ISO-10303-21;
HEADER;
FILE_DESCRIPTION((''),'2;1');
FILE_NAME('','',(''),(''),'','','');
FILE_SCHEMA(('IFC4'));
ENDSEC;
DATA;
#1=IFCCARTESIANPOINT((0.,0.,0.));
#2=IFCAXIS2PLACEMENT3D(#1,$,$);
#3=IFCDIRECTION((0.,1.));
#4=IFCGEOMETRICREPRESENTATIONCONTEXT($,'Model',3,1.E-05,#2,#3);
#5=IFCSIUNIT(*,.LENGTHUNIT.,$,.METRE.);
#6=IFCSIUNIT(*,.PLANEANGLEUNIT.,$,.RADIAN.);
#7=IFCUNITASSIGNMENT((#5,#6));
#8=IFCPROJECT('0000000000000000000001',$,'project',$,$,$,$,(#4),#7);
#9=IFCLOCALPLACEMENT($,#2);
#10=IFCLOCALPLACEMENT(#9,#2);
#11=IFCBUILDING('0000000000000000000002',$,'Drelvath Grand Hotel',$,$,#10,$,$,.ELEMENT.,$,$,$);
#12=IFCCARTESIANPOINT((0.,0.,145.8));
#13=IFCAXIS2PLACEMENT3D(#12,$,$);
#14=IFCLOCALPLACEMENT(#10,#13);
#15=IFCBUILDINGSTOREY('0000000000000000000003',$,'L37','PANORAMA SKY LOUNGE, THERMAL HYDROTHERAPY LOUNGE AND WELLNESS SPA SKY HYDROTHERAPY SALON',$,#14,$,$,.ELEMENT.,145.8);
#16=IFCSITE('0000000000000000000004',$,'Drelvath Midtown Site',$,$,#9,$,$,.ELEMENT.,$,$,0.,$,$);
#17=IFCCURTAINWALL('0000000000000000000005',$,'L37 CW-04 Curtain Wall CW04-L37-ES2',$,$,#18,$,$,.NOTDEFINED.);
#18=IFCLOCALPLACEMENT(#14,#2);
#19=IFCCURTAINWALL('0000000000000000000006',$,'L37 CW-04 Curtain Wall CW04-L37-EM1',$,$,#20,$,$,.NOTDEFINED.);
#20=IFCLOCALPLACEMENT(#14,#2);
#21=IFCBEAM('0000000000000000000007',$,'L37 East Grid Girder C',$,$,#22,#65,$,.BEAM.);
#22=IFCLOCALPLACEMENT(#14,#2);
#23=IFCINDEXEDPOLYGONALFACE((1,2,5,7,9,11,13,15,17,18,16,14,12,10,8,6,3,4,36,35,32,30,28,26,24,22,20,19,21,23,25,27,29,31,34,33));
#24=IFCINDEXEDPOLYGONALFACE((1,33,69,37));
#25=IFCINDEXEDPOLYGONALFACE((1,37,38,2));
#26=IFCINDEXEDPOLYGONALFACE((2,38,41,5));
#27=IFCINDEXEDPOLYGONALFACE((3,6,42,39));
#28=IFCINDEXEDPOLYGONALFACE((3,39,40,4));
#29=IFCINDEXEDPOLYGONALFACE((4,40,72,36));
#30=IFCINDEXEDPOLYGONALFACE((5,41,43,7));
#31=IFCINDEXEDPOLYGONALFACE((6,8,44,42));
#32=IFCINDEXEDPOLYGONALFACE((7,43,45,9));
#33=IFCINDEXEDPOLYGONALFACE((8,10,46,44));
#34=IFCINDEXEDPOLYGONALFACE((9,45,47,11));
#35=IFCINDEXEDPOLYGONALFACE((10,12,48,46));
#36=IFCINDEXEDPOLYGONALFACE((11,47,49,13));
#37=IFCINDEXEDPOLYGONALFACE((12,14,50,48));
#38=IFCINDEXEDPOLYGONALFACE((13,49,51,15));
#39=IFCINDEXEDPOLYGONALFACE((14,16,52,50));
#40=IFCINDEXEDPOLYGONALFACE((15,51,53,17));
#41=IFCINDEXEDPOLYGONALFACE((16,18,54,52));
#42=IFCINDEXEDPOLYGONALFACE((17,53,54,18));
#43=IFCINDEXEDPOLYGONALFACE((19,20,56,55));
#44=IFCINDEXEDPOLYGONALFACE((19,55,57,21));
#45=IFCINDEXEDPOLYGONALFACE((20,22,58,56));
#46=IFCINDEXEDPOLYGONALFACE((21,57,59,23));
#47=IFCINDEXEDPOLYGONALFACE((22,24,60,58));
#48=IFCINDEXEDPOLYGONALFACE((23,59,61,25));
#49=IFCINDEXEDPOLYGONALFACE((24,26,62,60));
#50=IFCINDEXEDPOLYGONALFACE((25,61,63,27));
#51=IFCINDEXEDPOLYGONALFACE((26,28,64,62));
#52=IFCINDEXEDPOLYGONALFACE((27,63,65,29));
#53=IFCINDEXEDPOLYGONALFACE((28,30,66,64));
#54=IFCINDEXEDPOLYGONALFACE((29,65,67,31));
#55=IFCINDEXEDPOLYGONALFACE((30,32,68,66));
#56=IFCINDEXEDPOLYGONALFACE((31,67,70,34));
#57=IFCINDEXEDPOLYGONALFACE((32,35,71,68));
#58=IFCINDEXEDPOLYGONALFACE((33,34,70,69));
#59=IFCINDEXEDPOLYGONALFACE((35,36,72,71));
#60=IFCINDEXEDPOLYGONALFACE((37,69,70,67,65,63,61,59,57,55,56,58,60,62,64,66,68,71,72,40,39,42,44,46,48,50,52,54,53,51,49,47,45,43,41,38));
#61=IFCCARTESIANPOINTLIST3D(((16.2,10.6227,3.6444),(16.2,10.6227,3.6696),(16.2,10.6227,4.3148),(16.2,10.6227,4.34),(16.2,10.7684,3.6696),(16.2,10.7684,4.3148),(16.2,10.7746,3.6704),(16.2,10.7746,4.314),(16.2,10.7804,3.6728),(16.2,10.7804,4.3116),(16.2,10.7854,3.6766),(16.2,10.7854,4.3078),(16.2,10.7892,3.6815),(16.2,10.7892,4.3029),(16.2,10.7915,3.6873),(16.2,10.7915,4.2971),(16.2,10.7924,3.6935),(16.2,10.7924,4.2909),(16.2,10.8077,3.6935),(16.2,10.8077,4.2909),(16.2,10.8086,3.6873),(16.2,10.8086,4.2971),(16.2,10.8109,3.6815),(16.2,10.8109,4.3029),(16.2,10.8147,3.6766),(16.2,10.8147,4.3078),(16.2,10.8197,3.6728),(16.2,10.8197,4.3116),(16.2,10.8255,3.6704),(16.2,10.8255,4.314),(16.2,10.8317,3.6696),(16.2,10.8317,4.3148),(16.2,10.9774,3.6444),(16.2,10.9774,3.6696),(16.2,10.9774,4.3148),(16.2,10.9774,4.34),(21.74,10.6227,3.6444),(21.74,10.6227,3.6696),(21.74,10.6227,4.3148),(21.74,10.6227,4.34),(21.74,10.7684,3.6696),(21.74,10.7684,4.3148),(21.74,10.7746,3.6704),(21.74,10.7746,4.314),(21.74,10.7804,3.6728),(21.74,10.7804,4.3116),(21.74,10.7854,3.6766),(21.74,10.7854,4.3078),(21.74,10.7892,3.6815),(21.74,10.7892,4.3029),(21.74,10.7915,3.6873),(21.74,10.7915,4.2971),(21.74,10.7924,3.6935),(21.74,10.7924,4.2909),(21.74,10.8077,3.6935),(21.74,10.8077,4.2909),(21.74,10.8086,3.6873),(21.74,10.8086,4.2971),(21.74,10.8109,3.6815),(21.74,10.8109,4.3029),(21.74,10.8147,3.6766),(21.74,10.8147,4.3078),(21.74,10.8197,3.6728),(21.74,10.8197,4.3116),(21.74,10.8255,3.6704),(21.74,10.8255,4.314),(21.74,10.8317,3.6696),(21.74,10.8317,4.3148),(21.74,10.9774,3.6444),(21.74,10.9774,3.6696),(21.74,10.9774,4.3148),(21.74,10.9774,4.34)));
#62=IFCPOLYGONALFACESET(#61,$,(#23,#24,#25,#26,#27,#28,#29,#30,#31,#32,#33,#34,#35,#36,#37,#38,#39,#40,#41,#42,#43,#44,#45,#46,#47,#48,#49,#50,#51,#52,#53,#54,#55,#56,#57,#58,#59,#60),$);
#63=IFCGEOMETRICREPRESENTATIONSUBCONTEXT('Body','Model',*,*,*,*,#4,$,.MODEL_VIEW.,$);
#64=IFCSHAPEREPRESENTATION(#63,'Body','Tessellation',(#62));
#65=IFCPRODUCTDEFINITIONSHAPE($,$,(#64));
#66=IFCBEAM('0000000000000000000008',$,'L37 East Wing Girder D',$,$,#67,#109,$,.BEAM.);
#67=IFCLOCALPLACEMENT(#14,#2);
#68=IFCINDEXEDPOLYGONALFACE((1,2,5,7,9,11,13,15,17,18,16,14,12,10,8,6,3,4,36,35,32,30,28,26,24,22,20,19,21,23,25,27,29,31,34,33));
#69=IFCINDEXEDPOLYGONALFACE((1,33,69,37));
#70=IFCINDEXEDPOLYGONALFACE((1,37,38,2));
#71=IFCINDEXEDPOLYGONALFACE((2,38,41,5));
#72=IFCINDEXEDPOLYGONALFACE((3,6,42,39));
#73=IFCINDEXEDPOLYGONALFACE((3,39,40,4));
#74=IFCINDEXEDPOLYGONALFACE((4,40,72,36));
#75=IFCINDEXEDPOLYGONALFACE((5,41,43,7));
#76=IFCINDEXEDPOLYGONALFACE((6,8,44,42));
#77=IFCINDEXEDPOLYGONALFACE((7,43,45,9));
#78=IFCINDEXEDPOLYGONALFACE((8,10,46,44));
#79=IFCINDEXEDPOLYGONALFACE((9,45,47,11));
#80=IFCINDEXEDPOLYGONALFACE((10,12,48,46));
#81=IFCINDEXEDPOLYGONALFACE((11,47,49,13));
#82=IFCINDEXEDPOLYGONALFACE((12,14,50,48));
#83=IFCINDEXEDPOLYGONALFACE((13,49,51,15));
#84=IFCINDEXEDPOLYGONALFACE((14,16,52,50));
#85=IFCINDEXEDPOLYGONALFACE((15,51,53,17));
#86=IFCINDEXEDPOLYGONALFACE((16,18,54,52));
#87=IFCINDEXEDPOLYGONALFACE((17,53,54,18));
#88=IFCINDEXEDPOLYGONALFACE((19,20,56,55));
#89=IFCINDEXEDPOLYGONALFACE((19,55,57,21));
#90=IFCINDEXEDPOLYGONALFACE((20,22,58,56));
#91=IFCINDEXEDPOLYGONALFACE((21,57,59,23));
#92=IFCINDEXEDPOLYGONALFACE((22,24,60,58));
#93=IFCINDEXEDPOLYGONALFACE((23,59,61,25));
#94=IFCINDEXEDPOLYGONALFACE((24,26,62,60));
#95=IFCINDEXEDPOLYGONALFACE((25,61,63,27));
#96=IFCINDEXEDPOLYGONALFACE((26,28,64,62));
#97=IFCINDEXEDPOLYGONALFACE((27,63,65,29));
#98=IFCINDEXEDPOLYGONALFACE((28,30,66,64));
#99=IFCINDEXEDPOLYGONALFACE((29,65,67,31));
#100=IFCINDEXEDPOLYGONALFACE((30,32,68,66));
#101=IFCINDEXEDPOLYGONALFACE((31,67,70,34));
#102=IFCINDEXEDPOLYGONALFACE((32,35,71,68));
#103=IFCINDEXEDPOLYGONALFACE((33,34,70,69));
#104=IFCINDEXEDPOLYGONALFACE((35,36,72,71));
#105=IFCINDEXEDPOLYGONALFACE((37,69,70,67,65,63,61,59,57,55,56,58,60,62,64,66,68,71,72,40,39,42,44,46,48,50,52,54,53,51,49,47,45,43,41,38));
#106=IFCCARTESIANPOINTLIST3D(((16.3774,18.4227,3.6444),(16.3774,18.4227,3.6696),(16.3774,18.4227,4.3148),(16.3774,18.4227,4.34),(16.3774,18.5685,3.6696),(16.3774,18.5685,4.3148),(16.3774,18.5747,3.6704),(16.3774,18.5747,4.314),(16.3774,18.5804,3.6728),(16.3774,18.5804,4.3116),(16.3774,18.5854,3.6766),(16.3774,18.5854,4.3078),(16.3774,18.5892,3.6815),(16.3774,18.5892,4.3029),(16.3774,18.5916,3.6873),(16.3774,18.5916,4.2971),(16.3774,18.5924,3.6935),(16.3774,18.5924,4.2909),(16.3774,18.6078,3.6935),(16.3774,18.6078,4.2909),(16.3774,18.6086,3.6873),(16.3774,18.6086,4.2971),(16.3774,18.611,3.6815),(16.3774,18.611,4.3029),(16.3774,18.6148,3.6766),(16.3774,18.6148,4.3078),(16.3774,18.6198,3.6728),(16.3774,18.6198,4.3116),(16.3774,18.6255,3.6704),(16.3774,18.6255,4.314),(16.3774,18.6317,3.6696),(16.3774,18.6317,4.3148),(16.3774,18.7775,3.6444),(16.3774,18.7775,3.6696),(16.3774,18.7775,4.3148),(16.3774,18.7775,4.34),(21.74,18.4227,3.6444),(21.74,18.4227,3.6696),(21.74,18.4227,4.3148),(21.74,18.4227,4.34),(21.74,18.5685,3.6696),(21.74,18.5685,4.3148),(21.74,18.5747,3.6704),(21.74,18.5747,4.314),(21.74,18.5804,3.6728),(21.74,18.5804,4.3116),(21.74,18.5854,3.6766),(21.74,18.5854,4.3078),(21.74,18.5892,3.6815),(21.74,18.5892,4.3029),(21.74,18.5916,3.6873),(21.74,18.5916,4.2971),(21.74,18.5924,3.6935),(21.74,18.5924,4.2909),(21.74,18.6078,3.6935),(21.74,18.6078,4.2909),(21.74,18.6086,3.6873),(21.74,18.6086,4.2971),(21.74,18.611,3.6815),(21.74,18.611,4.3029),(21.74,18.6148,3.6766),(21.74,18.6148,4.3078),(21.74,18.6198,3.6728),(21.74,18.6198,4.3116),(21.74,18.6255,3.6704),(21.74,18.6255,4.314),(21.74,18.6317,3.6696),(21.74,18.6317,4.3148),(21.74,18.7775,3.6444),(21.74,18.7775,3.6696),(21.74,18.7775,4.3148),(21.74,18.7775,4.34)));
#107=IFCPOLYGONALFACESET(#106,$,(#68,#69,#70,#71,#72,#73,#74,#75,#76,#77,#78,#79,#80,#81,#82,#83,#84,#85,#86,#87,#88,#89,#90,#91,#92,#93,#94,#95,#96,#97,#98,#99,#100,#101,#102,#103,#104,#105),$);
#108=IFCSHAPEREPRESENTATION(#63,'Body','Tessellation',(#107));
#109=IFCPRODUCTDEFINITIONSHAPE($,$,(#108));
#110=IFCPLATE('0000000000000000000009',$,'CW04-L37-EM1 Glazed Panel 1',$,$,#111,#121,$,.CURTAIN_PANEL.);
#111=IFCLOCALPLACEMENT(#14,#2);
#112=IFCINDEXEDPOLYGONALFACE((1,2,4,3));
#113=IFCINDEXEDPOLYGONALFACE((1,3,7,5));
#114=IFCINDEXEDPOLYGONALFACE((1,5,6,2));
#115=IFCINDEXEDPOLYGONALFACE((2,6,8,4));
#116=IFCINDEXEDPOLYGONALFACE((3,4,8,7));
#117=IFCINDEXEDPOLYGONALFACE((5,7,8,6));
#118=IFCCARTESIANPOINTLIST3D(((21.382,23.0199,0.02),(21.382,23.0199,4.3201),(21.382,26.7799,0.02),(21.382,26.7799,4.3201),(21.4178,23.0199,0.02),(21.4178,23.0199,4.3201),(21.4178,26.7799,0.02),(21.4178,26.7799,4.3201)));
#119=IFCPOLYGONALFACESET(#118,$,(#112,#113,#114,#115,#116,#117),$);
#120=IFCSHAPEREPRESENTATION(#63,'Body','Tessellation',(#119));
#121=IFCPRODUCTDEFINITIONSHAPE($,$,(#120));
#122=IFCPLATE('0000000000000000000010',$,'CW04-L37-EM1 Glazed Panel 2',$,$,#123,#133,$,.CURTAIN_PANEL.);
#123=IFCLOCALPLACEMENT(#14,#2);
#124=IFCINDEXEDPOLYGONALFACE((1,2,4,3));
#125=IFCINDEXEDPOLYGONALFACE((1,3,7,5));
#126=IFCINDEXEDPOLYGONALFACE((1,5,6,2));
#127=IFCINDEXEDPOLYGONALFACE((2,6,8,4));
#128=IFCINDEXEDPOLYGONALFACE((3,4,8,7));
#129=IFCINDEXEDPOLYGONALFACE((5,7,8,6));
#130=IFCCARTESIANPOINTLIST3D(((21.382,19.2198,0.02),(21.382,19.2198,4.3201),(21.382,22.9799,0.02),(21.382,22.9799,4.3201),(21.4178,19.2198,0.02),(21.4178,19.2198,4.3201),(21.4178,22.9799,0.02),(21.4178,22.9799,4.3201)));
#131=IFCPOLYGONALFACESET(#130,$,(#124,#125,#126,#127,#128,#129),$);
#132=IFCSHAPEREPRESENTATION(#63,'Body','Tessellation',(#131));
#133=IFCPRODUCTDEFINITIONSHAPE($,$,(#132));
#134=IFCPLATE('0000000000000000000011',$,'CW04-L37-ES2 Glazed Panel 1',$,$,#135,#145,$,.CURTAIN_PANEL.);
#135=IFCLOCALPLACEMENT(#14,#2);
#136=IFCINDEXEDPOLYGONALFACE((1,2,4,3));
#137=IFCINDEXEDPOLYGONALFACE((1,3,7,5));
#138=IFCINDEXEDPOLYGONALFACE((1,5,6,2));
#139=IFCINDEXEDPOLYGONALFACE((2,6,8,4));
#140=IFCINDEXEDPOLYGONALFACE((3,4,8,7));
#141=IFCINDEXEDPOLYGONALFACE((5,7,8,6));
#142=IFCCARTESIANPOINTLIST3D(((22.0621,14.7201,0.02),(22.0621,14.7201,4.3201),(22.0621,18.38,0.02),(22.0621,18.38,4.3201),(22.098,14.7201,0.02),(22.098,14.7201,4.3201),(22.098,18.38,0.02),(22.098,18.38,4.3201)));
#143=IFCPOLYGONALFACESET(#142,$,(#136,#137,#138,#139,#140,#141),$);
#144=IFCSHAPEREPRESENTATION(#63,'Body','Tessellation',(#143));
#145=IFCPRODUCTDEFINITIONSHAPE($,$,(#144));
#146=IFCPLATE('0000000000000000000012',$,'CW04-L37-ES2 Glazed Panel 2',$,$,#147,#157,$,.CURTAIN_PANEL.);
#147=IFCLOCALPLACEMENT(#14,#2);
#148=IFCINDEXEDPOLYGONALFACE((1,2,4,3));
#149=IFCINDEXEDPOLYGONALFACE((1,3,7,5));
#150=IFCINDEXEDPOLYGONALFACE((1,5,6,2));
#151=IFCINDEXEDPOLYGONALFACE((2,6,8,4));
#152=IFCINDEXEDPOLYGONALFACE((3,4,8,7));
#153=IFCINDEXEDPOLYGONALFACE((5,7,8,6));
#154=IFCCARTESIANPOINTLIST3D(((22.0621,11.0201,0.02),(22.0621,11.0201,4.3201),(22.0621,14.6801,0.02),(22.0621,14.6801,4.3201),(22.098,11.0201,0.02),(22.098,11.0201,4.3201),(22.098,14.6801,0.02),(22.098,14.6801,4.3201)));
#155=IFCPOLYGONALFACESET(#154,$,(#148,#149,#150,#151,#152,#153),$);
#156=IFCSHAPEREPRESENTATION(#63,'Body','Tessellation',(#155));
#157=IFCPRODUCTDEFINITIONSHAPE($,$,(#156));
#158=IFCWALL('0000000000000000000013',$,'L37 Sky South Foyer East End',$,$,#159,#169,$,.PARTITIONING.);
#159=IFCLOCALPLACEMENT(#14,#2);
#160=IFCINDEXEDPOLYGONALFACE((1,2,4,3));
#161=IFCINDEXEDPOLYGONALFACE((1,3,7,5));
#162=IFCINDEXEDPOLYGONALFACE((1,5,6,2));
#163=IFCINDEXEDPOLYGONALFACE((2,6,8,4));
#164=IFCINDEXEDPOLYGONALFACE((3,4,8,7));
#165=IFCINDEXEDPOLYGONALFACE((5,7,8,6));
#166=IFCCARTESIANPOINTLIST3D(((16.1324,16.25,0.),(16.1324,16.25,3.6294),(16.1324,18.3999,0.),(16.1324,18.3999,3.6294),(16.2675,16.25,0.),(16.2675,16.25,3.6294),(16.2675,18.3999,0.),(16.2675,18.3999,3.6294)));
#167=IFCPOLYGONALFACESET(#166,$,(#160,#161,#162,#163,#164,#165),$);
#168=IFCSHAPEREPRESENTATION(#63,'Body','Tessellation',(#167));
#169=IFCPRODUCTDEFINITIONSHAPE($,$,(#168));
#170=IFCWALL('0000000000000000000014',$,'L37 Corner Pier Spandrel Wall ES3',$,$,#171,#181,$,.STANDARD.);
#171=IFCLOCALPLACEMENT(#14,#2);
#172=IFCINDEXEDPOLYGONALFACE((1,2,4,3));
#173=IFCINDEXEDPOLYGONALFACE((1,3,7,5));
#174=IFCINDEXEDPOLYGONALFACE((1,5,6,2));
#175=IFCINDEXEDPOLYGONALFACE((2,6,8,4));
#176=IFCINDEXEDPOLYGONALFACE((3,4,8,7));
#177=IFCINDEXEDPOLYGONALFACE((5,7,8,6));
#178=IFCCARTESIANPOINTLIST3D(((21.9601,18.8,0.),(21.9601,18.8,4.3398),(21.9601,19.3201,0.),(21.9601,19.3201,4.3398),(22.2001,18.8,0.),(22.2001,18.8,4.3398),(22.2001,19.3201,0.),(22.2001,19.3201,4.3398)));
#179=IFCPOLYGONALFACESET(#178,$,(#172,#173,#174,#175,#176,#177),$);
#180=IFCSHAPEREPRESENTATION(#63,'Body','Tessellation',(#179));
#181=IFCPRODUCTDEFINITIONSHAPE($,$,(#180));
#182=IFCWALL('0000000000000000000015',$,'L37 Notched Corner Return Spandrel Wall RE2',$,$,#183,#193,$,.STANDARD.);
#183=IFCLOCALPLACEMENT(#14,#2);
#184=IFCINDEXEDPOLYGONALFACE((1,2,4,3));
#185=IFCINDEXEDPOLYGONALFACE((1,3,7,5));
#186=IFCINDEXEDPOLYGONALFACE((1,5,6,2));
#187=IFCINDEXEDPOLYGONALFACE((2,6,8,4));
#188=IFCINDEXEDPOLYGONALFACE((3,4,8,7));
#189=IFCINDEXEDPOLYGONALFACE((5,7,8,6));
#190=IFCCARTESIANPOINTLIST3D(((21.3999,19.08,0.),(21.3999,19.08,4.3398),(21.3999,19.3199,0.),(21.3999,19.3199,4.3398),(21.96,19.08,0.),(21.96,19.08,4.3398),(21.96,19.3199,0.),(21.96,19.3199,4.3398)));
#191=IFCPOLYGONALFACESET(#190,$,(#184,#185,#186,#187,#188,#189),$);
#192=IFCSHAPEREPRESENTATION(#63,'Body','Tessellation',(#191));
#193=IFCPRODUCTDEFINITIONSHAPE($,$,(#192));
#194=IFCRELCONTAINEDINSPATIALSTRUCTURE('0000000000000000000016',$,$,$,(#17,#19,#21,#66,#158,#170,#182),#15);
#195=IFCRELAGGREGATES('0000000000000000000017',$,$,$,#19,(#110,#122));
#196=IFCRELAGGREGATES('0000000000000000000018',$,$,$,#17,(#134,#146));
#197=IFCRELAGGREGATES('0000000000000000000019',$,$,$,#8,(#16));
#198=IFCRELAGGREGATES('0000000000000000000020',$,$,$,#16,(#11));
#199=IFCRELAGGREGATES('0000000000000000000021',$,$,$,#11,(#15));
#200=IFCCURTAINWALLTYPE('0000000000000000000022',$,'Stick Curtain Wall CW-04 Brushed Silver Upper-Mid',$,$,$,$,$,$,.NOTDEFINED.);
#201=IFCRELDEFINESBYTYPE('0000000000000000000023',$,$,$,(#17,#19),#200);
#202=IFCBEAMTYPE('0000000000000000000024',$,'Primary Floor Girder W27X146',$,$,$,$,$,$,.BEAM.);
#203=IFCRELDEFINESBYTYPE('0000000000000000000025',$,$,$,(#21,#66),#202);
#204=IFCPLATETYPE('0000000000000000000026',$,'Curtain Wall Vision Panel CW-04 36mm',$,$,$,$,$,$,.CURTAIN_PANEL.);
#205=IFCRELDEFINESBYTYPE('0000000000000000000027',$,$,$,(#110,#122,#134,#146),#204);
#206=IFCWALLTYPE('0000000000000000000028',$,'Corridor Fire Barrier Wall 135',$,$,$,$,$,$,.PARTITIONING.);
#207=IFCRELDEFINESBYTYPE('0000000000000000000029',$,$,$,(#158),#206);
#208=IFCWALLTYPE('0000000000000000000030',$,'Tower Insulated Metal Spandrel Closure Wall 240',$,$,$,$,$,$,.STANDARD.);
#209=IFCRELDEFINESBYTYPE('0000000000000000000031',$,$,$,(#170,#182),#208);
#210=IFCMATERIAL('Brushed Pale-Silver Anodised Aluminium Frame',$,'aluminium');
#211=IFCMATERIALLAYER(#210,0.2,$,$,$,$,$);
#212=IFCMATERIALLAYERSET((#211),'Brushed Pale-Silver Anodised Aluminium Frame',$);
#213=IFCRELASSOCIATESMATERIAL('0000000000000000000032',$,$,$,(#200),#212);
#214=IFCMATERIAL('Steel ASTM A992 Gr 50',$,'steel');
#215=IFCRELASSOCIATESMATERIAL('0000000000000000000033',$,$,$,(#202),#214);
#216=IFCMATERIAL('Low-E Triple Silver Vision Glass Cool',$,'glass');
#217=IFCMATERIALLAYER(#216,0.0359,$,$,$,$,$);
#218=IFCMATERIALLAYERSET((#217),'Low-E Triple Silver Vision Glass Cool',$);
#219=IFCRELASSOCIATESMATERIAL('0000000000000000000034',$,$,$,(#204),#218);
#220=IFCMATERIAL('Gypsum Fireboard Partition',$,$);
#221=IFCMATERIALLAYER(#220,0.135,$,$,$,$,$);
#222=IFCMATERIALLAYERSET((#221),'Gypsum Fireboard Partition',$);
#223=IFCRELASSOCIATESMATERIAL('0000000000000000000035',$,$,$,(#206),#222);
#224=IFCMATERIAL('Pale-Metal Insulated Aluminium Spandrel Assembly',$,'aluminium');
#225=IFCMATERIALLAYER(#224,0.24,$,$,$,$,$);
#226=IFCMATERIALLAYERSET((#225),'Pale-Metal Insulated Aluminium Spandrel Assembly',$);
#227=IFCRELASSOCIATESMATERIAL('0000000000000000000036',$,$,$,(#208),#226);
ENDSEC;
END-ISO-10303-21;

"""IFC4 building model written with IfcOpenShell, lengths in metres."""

from ifc_helpers import new_model, si_unit, direction, frame, frame_2d, origin, origin_2d, place, context, subcontext, project, spatial, rectangle, i_section, extrude, material, layer, layer_set, material_profile, profile_set, type_object, element, aggregate, save


model = new_model("IFC4")

# Units and contexts
model_context = context("Model", 3, precision=1e-05, world=origin(), true_north=direction((0.0, 1.0)))
body_context = subcontext(model_context, "Body", "Model", "MODEL_VIEW")
ifc_project = project(units=[si_unit("LENGTHUNIT", "METRE"), si_unit("PLANEANGLEUNIT", "RADIAN")], contexts=[model_context])

# Site, building, storey
site_placement = place(None, origin())
site = spatial("IfcSite", under=ifc_project, at=site_placement, Name="Drelvath Midtown Site", CompositionType="ELEMENT", RefElevation=0.0)
building_placement = place(site_placement, origin())
building = spatial("IfcBuilding", under=site, at=building_placement, Name="Drelvath Grand Hotel", CompositionType="ELEMENT")
storey_placement = place(building_placement, frame((0.0, 0.0, 145.8)))
storey = spatial("IfcBuildingStorey", under=building, at=storey_placement, Name="L37", Description="PANORAMA SKY LOUNGE, THERMAL HYDROTHERAPY LOUNGE AND WELLNESS SPA SKY HYDROTHERAPY SALON", CompositionType="ELEMENT", Elevation=145.8)

# Curtain wall
ifc_material_1 = material(Name="Brushed Pale-Silver Anodised Aluminium Frame", Category="aluminium")
ifc_layer_1 = layer(ifc_material_1, 0.2)
ifc_layer_set_1 = layer_set([ifc_layer_1], Name="Brushed Pale-Silver Anodised Aluminium Frame")
curtain_wall_type = type_object("IfcCurtainWallType", Name="Stick Curtain Wall CW-04 Brushed Silver Upper-Mid", PredefinedType="NOTDEFINED", material=ifc_layer_set_1)
curtain_wall_1_placement = place(storey_placement, origin())
curtain_wall_1 = element("IfcCurtainWall", 1, at=curtain_wall_1_placement, inside=storey, type_object=curtain_wall_type, Name="L37 CW-04 Curtain Wall CW04-L37-ES2", PredefinedType="NOTDEFINED")

# Curtain wall
curtain_wall_2_placement = place(storey_placement, origin())
curtain_wall_2 = element("IfcCurtainWall", 2, at=curtain_wall_2_placement, inside=storey, type_object=curtain_wall_type, Name="L37 CW-04 Curtain Wall CW04-L37-EM1", PredefinedType="NOTDEFINED")

# Beams
ifc_material_2 = material(Name="Steel ASTM A992 Gr 50", Category="steel")
ifc_material_profile_1 = material_profile(ifc_material_2, i_section(OverallWidth=0.3547, OverallDepth=0.6956, WebThickness=0.0154, FlangeThickness=0.0251, FilletRadius=0.0239, at=origin_2d()), Name="W27X146")
ifc_profile_set_1 = profile_set([ifc_material_profile_1], Name="Steel ASTM A992 Gr 50")
beam_type_1 = type_object("IfcBeamType", Name="Primary Floor Girder W27X146", PredefinedType="BEAM", material=ifc_profile_set_1)
beam_1_placement = place(storey_placement, frame((16.2, 10.8, 3.9922), z_axis=(1.0, 0.0, 0.0), x_axis=(0.0, 1.0, 0.0)))
element("IfcBeam", 3, at=beam_1_placement, inside=storey, type_object=beam_type_1, Name="L37 East Grid Girder C", PredefinedType="BEAM", context=body_context, shape_type="SweptSolid", body=[
    extrude(i_section(OverallWidth=0.3547, OverallDepth=0.6956, WebThickness=0.0154, FlangeThickness=0.0251, FilletRadius=0.0239, at=origin_2d()), origin(), (0.0, 0.0, 1.0), 5.54),
])
beam_2_placement = place(storey_placement, frame((16.3774, 18.6001, 3.9922), z_axis=(1.0, 0.0, 0.0), x_axis=(0.0, 1.0, 0.0)))
element("IfcBeam", 4, at=beam_2_placement, inside=storey, type_object=beam_type_1, Name="L37 East Wing Girder D", PredefinedType="BEAM", context=body_context, shape_type="SweptSolid", body=[
    extrude(i_section(OverallWidth=0.3547, OverallDepth=0.6956, WebThickness=0.0154, FlangeThickness=0.0251, FilletRadius=0.0239, at=origin_2d()), origin(), (0.0, 0.0, 1.0), 5.3625),
])

# Plates
ifc_material_3 = material(Name="Low-E Triple Silver Vision Glass Cool", Category="glass")
ifc_layer_2 = layer(ifc_material_3, 0.0359)
ifc_layer_set_2 = layer_set([ifc_layer_2], Name="Low-E Triple Silver Vision Glass Cool")
plate_type = type_object("IfcPlateType", Name="Curtain Wall Vision Panel CW-04 36mm", PredefinedType="CURTAIN_PANEL", material=ifc_layer_set_2)
plate_1_placement = place(storey_placement, frame((21.3999, 24.8999, 0.02), z_axis=(0.0, 0.0, 1.0), x_axis=(0.0, -1.0, 0.0)))
plate_1 = element("IfcPlate", 5, at=plate_1_placement, type_object=plate_type, Name="CW04-L37-EM1 Glazed Panel 1", PredefinedType="CURTAIN_PANEL", context=body_context, shape_type="SweptSolid", body=[
    extrude(rectangle(XDim=3.76, YDim=0.0359, at=origin_2d()), origin(), (0.0, 0.0, 1.0), 4.3),
])
plate_2_placement = place(storey_placement, frame((21.3999, 21.0999, 0.02), z_axis=(0.0, 0.0, 1.0), x_axis=(0.0, -1.0, 0.0)))
plate_2 = element("IfcPlate", 6, at=plate_2_placement, type_object=plate_type, Name="CW04-L37-EM1 Glazed Panel 2", PredefinedType="CURTAIN_PANEL", context=body_context, shape_type="SweptSolid", body=[
    extrude(rectangle(XDim=3.76, YDim=0.0359, at=origin_2d()), origin(), (0.0, 0.0, 1.0), 4.3),
])
aggregate(curtain_wall_2, [plate_1, plate_2])
plate_3_placement = place(storey_placement, frame((22.0801, 16.55, 0.02), z_axis=(0.0, 0.0, 1.0), x_axis=(0.0, -1.0, 0.0)))
plate_3 = element("IfcPlate", 7, at=plate_3_placement, type_object=plate_type, Name="CW04-L37-ES2 Glazed Panel 1", PredefinedType="CURTAIN_PANEL", context=body_context, shape_type="SweptSolid", body=[
    extrude(rectangle(XDim=3.6599, YDim=0.0359, at=origin_2d()), origin(), (0.0, 0.0, 1.0), 4.3),
])
plate_4_placement = place(storey_placement, frame((22.0801, 12.8501, 0.02), z_axis=(0.0, 0.0, 1.0), x_axis=(0.0, -1.0, 0.0)))
plate_4 = element("IfcPlate", 8, at=plate_4_placement, type_object=plate_type, Name="CW04-L37-ES2 Glazed Panel 2", PredefinedType="CURTAIN_PANEL", context=body_context, shape_type="SweptSolid", body=[
    extrude(rectangle(XDim=3.6599, YDim=0.0359, at=origin_2d()), origin(), (0.0, 0.0, 1.0), 4.3),
])
aggregate(curtain_wall_1, [plate_3, plate_4])

# Walls
ifc_material_4 = material(Name="Gypsum Fireboard Partition")
ifc_layer_3 = layer(ifc_material_4, 0.135)
ifc_layer_set_3 = layer_set([ifc_layer_3], Name="Gypsum Fireboard Partition")
wall_type_1 = type_object("IfcWallType", Name="Corridor Fire Barrier Wall 135", PredefinedType="PARTITIONING", material=ifc_layer_set_3)
wall_1_placement = place(storey_placement, frame((16.2, 16.25, 0.0), z_axis=(0.0, 0.0, 1.0), x_axis=(0.0, 1.0, 0.0)))
element("IfcWall", 9, at=wall_1_placement, inside=storey, type_object=wall_type_1, Name="L37 Sky South Foyer East End", PredefinedType="PARTITIONING", context=body_context, shape_type="SweptSolid", body=[
    extrude(rectangle(XDim=2.1499, YDim=0.135, at=frame_2d((1.075, 0.0))), origin(), (0.0, 0.0, 1.0), 3.6294),
])
ifc_material_5 = material(Name="Pale-Metal Insulated Aluminium Spandrel Assembly", Category="aluminium")
ifc_layer_4 = layer(ifc_material_5, 0.24)
ifc_layer_set_4 = layer_set([ifc_layer_4], Name="Pale-Metal Insulated Aluminium Spandrel Assembly")
wall_type_2 = type_object("IfcWallType", Name="Tower Insulated Metal Spandrel Closure Wall 240", PredefinedType="STANDARD", material=ifc_layer_set_4)
wall_2_placement = place(storey_placement, frame((22.0801, 19.3201, 0.0), z_axis=(0.0, 0.0, 1.0), x_axis=(0.0, -1.0, 0.0)))
element("IfcWall", 10, at=wall_2_placement, inside=storey, type_object=wall_type_2, Name="L37 Corner Pier Spandrel Wall ES3", PredefinedType="STANDARD", context=body_context, shape_type="SweptSolid", body=[
    extrude(rectangle(XDim=0.52, YDim=0.24, at=frame_2d((0.26, 0.0))), origin(), (0.0, 0.0, 1.0), 4.3398),
])
wall_3_placement = place(storey_placement, frame((21.3999, 19.2, 0.0), z_axis=(0.0, 0.0, 1.0), x_axis=(1.0, 0.0, 0.0)))
element("IfcWall", 11, at=wall_3_placement, inside=storey, type_object=wall_type_2, Name="L37 Notched Corner Return Spandrel Wall RE2", PredefinedType="STANDARD", context=body_context, shape_type="SweptSolid", body=[
    extrude(rectangle(XDim=0.5601, YDim=0.24, at=frame_2d((0.28, 0.0))), origin(), (0.0, 0.0, 1.0), 4.3398),
])

save(model, "model.ifc")
